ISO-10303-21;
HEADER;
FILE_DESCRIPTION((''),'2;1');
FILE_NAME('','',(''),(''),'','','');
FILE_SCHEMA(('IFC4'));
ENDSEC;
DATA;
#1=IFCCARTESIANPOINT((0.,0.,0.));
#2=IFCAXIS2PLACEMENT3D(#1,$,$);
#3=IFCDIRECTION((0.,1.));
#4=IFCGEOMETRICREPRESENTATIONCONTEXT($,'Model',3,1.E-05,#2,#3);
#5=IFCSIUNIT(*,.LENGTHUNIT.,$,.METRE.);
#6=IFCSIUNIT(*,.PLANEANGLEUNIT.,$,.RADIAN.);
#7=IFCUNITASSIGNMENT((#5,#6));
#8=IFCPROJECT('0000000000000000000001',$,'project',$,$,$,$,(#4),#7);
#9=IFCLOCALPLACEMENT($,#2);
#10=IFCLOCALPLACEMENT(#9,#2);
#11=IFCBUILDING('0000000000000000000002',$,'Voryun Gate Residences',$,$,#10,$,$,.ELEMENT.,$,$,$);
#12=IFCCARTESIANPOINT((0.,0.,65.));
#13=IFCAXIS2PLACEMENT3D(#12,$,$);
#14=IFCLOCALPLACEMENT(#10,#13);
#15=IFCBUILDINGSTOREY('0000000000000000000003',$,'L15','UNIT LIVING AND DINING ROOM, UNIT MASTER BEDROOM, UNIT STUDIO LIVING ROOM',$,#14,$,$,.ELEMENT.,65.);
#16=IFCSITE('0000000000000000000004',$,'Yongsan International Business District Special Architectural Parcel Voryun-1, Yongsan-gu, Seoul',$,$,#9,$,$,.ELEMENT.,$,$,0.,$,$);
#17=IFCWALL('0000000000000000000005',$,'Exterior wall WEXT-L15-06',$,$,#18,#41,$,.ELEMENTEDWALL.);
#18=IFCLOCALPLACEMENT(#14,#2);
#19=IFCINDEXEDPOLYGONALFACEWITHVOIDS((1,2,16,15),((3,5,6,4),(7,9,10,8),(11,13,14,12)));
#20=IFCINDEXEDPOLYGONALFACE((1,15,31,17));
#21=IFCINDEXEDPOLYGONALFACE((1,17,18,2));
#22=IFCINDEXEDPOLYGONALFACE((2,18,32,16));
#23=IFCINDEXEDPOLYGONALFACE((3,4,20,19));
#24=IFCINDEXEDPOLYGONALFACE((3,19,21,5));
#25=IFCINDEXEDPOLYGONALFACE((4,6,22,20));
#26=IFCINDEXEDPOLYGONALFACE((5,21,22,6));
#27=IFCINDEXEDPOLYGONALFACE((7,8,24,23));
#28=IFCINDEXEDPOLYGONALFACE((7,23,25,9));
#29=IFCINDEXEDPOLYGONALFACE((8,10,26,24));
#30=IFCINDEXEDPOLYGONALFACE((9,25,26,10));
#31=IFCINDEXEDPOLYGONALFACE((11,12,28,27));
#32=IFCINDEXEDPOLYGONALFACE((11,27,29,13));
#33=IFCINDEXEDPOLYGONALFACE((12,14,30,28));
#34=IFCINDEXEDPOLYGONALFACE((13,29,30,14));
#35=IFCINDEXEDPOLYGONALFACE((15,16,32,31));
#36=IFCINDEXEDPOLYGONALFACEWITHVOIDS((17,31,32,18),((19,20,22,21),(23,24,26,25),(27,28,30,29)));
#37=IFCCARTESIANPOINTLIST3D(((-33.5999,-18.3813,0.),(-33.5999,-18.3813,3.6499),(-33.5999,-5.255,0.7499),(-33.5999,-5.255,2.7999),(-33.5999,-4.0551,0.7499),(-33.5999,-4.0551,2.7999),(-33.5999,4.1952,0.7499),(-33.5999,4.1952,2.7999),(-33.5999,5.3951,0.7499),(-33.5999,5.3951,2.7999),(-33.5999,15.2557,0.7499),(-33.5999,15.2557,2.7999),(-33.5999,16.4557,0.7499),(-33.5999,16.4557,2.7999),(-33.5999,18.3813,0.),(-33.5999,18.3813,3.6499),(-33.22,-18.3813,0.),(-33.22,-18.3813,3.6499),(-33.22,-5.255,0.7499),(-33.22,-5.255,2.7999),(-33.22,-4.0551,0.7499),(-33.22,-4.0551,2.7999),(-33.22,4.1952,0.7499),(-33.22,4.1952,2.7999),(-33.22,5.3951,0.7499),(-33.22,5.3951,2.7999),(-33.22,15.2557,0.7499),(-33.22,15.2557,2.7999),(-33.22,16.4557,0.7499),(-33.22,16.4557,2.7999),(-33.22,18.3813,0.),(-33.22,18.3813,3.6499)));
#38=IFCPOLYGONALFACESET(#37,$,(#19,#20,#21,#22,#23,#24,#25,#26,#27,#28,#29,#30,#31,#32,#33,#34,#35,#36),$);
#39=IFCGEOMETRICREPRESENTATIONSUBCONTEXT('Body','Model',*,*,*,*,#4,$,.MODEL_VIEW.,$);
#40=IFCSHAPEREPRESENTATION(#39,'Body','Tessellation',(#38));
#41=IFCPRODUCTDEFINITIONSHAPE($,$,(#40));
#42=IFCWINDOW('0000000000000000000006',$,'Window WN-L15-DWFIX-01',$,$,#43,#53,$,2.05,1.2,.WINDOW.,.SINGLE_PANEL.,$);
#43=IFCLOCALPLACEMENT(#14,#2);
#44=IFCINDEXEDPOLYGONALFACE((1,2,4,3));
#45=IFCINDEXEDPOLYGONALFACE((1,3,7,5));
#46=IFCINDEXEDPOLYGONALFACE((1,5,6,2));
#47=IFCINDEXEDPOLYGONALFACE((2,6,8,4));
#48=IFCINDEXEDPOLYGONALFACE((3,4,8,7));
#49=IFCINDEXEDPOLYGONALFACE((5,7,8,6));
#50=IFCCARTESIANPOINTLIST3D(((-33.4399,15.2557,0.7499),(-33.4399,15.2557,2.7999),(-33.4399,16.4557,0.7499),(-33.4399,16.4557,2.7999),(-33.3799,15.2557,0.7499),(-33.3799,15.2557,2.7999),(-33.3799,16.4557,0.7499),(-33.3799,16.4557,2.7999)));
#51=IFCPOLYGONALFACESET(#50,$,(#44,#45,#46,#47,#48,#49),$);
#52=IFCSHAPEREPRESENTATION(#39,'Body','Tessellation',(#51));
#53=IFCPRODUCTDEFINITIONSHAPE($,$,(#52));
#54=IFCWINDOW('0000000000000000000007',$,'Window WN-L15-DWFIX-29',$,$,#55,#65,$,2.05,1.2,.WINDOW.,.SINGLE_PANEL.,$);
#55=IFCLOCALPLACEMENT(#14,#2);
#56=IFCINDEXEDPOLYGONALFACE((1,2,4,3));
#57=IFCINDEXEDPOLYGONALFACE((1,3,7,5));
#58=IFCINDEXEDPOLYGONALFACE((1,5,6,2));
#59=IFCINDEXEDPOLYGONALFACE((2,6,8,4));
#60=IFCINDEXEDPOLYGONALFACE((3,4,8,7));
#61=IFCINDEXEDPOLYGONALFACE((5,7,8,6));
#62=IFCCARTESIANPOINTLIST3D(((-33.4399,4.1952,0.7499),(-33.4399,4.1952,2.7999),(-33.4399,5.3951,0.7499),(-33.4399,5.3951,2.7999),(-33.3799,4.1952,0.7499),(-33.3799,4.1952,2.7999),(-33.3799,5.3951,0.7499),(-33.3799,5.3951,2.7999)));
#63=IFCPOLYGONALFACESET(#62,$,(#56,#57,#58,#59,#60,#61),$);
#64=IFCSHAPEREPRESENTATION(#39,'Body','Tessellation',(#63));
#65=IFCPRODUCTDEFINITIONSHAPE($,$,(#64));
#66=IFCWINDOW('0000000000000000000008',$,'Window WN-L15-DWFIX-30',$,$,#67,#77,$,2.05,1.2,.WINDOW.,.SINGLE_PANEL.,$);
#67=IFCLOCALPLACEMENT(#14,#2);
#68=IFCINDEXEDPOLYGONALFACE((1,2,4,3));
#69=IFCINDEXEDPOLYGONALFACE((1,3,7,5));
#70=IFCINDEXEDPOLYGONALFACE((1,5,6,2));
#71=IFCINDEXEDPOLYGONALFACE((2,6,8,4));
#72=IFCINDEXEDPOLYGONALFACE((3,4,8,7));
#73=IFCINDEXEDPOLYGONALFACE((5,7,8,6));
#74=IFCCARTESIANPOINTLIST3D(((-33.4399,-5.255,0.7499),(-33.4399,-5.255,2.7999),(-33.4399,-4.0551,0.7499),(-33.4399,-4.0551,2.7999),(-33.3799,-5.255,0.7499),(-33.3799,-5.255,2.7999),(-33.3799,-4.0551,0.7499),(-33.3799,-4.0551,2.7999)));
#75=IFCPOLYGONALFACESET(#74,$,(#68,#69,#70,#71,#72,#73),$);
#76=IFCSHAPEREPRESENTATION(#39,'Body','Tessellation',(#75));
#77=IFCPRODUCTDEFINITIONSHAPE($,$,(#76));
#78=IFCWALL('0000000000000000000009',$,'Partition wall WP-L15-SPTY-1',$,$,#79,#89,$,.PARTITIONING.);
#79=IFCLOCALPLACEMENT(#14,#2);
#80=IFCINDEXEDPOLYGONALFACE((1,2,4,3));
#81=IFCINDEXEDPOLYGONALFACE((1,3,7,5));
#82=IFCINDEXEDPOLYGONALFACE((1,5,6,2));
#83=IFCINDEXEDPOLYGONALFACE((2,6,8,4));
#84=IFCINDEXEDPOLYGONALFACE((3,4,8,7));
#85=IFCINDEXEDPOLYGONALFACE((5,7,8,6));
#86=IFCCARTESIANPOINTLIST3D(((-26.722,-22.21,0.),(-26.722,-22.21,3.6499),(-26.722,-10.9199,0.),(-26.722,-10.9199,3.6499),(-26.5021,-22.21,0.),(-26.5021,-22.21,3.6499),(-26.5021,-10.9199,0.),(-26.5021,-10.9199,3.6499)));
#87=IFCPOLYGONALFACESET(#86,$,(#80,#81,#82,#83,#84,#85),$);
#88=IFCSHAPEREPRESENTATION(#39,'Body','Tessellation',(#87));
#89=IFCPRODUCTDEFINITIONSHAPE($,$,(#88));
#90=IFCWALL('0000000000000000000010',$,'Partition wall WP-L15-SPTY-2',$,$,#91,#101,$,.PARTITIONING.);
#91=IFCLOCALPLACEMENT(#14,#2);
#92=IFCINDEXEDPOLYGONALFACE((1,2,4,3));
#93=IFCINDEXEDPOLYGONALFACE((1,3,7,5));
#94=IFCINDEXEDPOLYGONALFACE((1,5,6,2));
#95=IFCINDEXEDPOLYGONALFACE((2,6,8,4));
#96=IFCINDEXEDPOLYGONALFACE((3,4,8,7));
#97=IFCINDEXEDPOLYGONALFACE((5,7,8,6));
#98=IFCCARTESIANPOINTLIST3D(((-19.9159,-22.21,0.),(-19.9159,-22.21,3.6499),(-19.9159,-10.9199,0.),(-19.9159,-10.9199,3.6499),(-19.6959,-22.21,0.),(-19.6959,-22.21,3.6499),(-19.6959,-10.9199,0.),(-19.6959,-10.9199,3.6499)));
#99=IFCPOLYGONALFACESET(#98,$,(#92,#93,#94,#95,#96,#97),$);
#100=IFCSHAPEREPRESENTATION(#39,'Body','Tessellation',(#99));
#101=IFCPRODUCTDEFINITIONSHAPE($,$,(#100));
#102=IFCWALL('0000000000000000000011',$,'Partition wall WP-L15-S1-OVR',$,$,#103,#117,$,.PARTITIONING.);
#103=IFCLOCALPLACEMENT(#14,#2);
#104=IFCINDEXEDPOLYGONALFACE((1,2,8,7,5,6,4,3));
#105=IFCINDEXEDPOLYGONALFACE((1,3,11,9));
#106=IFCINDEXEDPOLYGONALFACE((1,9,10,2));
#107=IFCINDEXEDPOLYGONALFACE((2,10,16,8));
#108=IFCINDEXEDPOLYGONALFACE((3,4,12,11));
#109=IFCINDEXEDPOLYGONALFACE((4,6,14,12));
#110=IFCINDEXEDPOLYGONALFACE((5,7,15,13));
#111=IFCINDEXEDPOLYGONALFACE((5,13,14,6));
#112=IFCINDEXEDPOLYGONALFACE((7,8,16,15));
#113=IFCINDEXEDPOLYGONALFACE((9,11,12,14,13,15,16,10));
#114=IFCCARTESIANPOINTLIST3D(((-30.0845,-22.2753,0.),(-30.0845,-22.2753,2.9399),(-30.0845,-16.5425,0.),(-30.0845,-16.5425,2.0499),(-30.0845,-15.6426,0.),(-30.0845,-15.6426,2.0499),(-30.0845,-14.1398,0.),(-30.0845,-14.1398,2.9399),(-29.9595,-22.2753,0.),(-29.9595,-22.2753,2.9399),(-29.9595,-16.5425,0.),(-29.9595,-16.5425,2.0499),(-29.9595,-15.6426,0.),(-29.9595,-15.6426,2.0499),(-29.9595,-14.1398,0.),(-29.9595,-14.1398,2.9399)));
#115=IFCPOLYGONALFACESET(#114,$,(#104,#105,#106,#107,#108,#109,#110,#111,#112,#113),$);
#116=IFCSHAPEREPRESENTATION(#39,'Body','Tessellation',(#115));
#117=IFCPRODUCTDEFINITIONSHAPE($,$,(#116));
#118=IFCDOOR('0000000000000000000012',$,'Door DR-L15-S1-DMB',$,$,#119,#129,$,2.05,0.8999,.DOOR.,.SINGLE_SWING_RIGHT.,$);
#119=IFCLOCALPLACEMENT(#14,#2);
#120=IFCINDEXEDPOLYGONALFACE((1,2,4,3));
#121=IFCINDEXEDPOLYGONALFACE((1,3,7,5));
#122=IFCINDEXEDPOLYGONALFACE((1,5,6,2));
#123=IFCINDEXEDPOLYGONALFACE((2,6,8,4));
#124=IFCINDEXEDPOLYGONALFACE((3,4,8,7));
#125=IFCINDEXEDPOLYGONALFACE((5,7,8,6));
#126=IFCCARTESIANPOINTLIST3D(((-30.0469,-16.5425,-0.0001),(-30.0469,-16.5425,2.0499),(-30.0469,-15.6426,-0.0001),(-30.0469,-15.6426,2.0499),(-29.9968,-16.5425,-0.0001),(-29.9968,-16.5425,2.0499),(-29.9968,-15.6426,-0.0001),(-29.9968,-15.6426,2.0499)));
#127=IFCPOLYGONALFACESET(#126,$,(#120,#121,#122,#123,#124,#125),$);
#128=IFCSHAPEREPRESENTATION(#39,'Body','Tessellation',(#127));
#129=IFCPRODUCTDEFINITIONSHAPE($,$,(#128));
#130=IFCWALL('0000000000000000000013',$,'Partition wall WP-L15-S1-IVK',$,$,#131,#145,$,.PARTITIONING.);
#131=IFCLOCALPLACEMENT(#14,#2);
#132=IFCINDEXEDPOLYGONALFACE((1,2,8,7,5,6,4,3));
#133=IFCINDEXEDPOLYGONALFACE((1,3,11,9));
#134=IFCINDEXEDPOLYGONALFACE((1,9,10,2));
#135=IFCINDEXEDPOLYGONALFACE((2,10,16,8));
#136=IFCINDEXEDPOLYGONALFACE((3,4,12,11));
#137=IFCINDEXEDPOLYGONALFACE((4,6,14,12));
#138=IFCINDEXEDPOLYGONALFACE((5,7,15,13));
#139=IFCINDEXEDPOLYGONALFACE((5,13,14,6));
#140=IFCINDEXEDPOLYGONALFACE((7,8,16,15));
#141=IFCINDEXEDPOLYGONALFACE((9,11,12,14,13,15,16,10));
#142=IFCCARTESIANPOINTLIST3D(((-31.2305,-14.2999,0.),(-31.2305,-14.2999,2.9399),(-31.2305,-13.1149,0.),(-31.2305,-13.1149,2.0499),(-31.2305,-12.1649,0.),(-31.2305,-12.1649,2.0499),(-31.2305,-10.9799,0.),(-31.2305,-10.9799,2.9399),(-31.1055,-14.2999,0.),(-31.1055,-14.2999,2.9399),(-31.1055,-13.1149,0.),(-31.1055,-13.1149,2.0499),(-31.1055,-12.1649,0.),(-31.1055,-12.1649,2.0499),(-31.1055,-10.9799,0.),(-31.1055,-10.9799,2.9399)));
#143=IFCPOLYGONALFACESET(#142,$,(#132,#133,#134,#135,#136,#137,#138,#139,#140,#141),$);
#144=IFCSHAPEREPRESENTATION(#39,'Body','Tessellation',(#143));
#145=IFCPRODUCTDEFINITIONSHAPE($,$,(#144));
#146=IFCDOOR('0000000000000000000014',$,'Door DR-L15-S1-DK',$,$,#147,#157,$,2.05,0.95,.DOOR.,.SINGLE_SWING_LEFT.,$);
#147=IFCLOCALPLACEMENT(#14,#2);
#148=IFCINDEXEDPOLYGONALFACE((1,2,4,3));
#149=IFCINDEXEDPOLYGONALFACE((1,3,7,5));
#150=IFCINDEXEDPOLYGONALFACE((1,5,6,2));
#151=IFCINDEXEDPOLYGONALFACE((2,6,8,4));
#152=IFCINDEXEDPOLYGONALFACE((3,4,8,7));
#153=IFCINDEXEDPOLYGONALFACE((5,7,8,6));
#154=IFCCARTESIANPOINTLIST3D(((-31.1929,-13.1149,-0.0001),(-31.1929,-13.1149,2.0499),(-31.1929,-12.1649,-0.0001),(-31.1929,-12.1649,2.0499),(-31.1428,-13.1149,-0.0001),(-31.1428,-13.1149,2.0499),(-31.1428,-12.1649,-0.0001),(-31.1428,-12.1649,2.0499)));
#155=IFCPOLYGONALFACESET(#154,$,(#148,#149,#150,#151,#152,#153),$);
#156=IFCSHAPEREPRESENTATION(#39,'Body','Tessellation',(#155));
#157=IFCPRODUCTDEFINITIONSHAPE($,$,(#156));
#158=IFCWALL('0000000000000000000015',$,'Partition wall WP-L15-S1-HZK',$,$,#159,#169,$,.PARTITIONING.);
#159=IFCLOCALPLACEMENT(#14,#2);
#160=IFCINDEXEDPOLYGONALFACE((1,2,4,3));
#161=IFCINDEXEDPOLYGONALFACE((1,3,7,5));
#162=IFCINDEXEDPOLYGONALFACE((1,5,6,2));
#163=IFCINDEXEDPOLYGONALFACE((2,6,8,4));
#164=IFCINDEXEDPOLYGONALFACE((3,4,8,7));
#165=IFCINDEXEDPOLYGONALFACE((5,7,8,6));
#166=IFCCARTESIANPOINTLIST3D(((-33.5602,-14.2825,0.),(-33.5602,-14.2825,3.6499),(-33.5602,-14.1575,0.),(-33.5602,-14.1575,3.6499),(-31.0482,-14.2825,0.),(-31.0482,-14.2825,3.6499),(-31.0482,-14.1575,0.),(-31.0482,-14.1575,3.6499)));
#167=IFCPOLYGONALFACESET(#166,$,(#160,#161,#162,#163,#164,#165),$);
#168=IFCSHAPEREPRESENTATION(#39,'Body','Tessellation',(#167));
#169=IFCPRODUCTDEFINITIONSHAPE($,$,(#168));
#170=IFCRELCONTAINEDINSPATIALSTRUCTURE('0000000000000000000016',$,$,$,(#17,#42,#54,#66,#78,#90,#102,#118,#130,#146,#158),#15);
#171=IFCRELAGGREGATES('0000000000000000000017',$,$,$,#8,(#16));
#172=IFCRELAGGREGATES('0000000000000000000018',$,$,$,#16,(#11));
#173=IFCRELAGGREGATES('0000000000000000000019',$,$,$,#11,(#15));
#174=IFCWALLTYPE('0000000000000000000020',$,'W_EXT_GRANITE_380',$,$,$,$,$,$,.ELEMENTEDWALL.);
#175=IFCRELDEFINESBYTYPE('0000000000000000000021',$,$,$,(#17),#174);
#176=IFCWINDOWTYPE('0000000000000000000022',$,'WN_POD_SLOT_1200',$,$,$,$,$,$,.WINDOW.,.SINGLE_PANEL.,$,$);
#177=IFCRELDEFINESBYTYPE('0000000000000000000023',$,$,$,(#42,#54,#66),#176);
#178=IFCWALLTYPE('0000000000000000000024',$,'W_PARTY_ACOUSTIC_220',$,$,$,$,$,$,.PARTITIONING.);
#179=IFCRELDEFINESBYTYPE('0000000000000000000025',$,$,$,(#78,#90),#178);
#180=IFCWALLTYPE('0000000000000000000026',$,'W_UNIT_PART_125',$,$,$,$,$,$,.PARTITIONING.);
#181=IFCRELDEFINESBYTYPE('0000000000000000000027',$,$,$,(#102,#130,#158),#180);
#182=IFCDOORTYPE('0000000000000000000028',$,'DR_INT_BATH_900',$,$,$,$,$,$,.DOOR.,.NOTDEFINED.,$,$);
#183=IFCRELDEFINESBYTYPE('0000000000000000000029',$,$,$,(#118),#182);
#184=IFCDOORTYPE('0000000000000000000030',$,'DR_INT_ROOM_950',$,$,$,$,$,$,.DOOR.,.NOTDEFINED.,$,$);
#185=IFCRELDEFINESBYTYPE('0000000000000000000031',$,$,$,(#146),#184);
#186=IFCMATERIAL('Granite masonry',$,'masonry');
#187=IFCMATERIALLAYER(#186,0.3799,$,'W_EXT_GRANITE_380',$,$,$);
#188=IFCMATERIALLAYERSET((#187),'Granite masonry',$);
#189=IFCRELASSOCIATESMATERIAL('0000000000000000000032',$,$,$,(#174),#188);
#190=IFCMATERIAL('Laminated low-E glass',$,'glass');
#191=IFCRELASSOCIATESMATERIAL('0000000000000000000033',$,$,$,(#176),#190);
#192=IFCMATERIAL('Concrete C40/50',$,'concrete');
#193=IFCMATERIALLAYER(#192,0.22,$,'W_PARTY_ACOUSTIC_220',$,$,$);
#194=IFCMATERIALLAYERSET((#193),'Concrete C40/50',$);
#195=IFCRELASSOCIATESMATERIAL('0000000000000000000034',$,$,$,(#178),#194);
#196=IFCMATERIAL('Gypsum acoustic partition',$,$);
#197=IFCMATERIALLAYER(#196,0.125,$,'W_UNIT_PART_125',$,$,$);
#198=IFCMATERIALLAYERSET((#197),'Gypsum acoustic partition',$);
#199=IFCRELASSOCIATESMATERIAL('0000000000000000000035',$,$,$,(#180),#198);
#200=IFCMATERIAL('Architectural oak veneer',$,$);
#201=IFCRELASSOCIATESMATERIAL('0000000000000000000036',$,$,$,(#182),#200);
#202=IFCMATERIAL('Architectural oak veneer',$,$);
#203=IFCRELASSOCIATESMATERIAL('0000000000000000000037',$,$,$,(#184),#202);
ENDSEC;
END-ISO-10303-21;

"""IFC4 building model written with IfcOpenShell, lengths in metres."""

from ifc_helpers import new_model, si_unit, direction, frame, frame_2d, origin, place, context, subcontext, project, spatial, rectangle, extrude, material, layer, layer_set, type_object, element, fill, save


model = new_model("IFC4")

# Units and contexts
model_context = context("Model", 3, precision=1e-05, world=origin(), true_north=direction((0.0, 1.0)))
body_context = subcontext(model_context, "Body", "Model", "MODEL_VIEW")
ifc_project = project(units=[si_unit("LENGTHUNIT", "METRE"), si_unit("PLANEANGLEUNIT", "RADIAN")], contexts=[model_context])

# Site, building, storey
site_placement = place(None, origin())
site = spatial("IfcSite", under=ifc_project, at=site_placement, Name="Yongsan International Business District Special Architectural Parcel Voryun-1, Yongsan-gu, Seoul", CompositionType="ELEMENT", RefElevation=0.0)
building_placement = place(site_placement, origin())
building = spatial("IfcBuilding", under=site, at=building_placement, Name="Voryun Gate Residences", CompositionType="ELEMENT")
storey_placement = place(building_placement, frame((0.0, 0.0, 65.0)))
storey = spatial("IfcBuildingStorey", under=building, at=storey_placement, Name="L15", Description="UNIT LIVING AND DINING ROOM, UNIT MASTER BEDROOM, UNIT STUDIO LIVING ROOM", CompositionType="ELEMENT", Elevation=65.0)

# Shared definitions
ifc_material_1 = material(Name="Granite masonry", Category="masonry")
ifc_layer_1 = layer(ifc_material_1, 0.3799, Name="W_EXT_GRANITE_380")
ifc_layer_set_1 = layer_set([ifc_layer_1], Name="Granite masonry")
wall_type_1 = type_object("IfcWallType", Name="W_EXT_GRANITE_380", PredefinedType="ELEMENTEDWALL", material=ifc_layer_set_1)

# Shared definitions
ifc_material_2 = material(Name="Laminated low-E glass", Category="glass")
window_type = type_object("IfcWindowType", Name="WN_POD_SLOT_1200", PartitioningType="SINGLE_PANEL", PredefinedType="WINDOW", material=ifc_material_2)

# Wall, openings, windows
wall_1_placement = place(storey_placement, frame((-33.4099, -18.3813, 0.0), z_axis=(0.0, 0.0, 1.0), x_axis=(0.0, 1.0, 0.0)))
wall_1 = element("IfcWall", 1, at=wall_1_placement, inside=storey, type_object=wall_type_1, Name="Exterior wall WEXT-L15-06", PredefinedType="ELEMENTEDWALL", context=body_context, shape_type="SweptSolid", body=[
    extrude(rectangle(XDim=36.7627, YDim=0.3799, at=frame_2d((18.3813, 0.0))), origin(), (0.0, 0.0, 1.0), 3.6499),
])
opening_1_placement = place(wall_1_placement, frame((33.637, 0.0, 0.75)))
opening_1 = element("IfcOpeningElement", 2, at=opening_1_placement, cuts=wall_1, PredefinedType="OPENING", context=body_context, shape_type="SweptSolid", body=[
    extrude(rectangle(XDim=1.2, YDim=2.05, at=frame_2d((0.6001, 1.0249))), frame((0.0, 0.2, 0.0), z_axis=(0.0, -1.0, 0.0), x_axis=(1.0, 0.0, 0.0)), (0.0, 0.0, 1.0), 0.3999),
])
opening_2_placement = place(wall_1_placement, frame((22.5764, 0.0, 0.75)))
opening_2 = element("IfcOpeningElement", 3, at=opening_2_placement, cuts=wall_1, PredefinedType="OPENING", context=body_context, shape_type="SweptSolid", body=[
    extrude(rectangle(XDim=1.2, YDim=2.05, at=frame_2d((0.6001, 1.0249))), frame((0.0, 0.2, 0.0), z_axis=(0.0, -1.0, 0.0), x_axis=(1.0, 0.0, 0.0)), (0.0, 0.0, 1.0), 0.3999),
])
opening_3_placement = place(wall_1_placement, frame((13.1262, 0.0, 0.75)))
opening_3 = element("IfcOpeningElement", 4, at=opening_3_placement, cuts=wall_1, PredefinedType="OPENING", context=body_context, shape_type="SweptSolid", body=[
    extrude(rectangle(XDim=1.2, YDim=2.05, at=frame_2d((0.6001, 1.0249))), frame((0.0, 0.2, 0.0), z_axis=(0.0, -1.0, 0.0), x_axis=(1.0, 0.0, 0.0)), (0.0, 0.0, 1.0), 0.3999),
])
window_1_placement = place(opening_1_placement, origin())
window_1 = element("IfcWindow", 5, at=window_1_placement, inside=storey, type_object=window_type, Name="Window WN-L15-DWFIX-01", OverallHeight=2.05, OverallWidth=1.2, PartitioningType="SINGLE_PANEL", PredefinedType="WINDOW", context=body_context, shape_type="SweptSolid", body=[
    extrude(rectangle(XDim=1.2, YDim=2.05, at=frame_2d((0.6001, 1.0249))), frame((0.0, 0.03, 0.0), z_axis=(0.0, -1.0, 0.0), x_axis=(1.0, 0.0, 0.0)), (0.0, 0.0, 1.0), 0.0601),
])
fill(opening_1, window_1)
window_2_placement = place(opening_2_placement, origin())
window_2 = element("IfcWindow", 6, at=window_2_placement, inside=storey, type_object=window_type, Name="Window WN-L15-DWFIX-29", OverallHeight=2.05, OverallWidth=1.2, PartitioningType="SINGLE_PANEL", PredefinedType="WINDOW", context=body_context, shape_type="SweptSolid", body=[
    extrude(rectangle(XDim=1.2, YDim=2.05, at=frame_2d((0.6001, 1.0249))), frame((0.0, 0.03, 0.0), z_axis=(0.0, -1.0, 0.0), x_axis=(1.0, 0.0, 0.0)), (0.0, 0.0, 1.0), 0.0601),
])
fill(opening_2, window_2)
window_3_placement = place(opening_3_placement, origin())
window_3 = element("IfcWindow", 7, at=window_3_placement, inside=storey, type_object=window_type, Name="Window WN-L15-DWFIX-30", OverallHeight=2.05, OverallWidth=1.2, PartitioningType="SINGLE_PANEL", PredefinedType="WINDOW", context=body_context, shape_type="SweptSolid", body=[
    extrude(rectangle(XDim=1.2, YDim=2.05, at=frame_2d((0.6001, 1.0249))), frame((0.0, 0.03, 0.0), z_axis=(0.0, -1.0, 0.0), x_axis=(1.0, 0.0, 0.0)), (0.0, 0.0, 1.0), 0.0601),
])
fill(opening_3, window_3)

# Walls
ifc_material_3 = material(Name="Concrete C40/50", Category="concrete")
ifc_layer_2 = layer(ifc_material_3, 0.22, Name="W_PARTY_ACOUSTIC_220")
ifc_layer_set_2 = layer_set([ifc_layer_2], Name="Concrete C40/50")
wall_type_2 = type_object("IfcWallType", Name="W_PARTY_ACOUSTIC_220", PredefinedType="PARTITIONING", material=ifc_layer_set_2)
for number, where, z_axis, x_axis, name in (
    (8, (-26.6121, -22.21, 0.0), (0.0, 0.0, 1.0), (0.0, 1.0, 0.0), "Partition wall WP-L15-SPTY-1"),
    (9, (-19.8059, -22.21, 0.0), (0.0, 0.0, 1.0), (0.0, 1.0, 0.0), "Partition wall WP-L15-SPTY-2"),
):
    element("IfcWall", number, at=place(storey_placement, frame(where, z_axis=z_axis, x_axis=x_axis)), inside=storey, type_object=wall_type_2, Name=name, PredefinedType="PARTITIONING", context=body_context, shape_type="SweptSolid", body=[
        extrude(rectangle(XDim=11.29, YDim=0.22, at=frame_2d((5.645, 0.0))), origin(), (0.0, 0.0, 1.0), 3.6499),
    ])

# Walls, openings, doors
ifc_material_4 = material(Name="Gypsum acoustic partition")
ifc_layer_3 = layer(ifc_material_4, 0.125, Name="W_UNIT_PART_125")
ifc_layer_set_3 = layer_set([ifc_layer_3], Name="Gypsum acoustic partition")
wall_type_3 = type_object("IfcWallType", Name="W_UNIT_PART_125", PredefinedType="PARTITIONING", material=ifc_layer_set_3)
wall_2_placement = place(storey_placement, frame((-30.022, -22.2754, 0.0), z_axis=(0.0, 0.0, 1.0), x_axis=(0.0, 1.0, 0.0)))
wall_2 = element("IfcWall", 10, at=wall_2_placement, inside=storey, type_object=wall_type_3, Name="Partition wall WP-L15-S1-OVR", PredefinedType="PARTITIONING", context=body_context, shape_type="SweptSolid", body=[
    extrude(rectangle(XDim=8.1355, YDim=0.125, at=frame_2d((4.0679, 0.0))), origin(), (0.0, 0.0, 1.0), 2.9399),
])
opening_4_placement = place(wall_2_placement, frame((5.7329, 0.0, 0.0)))
opening_4 = element("IfcOpeningElement", 11, at=opening_4_placement, cuts=wall_2, PredefinedType="OPENING", context=body_context, shape_type="SweptSolid", body=[
    extrude(rectangle(XDim=0.8999, YDim=2.05, at=frame_2d((0.45, 1.0249))), frame((0.0, 0.0725, 0.0), z_axis=(0.0, -1.0, 0.0), x_axis=(1.0, 0.0, 0.0)), (0.0, 0.0, 1.0), 0.145),
])
ifc_material_5 = material(Name="Architectural oak veneer")
door_type_1 = type_object("IfcDoorType", Name="DR_INT_BATH_900", OperationType="NOTDEFINED", PredefinedType="DOOR", material=ifc_material_5)
door_1_placement = place(opening_4_placement, origin())
door_1 = element("IfcDoor", 12, at=door_1_placement, inside=storey, type_object=door_type_1, Name="Door DR-L15-S1-DMB", OperationType="SINGLE_SWING_RIGHT", OverallHeight=2.05, OverallWidth=0.8999, PredefinedType="DOOR", context=body_context, shape_type="SweptSolid", body=[
    extrude(rectangle(XDim=0.8999, YDim=2.05, at=frame_2d((0.45, 1.0249))), frame((0.0, 0.0249, 0.0), z_axis=(0.0, -1.0, 0.0), x_axis=(1.0, 0.0, 0.0)), (0.0, 0.0, 1.0), 0.05),
])
fill(opening_4, door_1)
wall_3_placement = place(storey_placement, frame((-31.168, -14.3, 0.0), z_axis=(0.0, 0.0, 1.0), x_axis=(0.0, 1.0, 0.0)))
wall_3 = element("IfcWall", 13, at=wall_3_placement, inside=storey, type_object=wall_type_3, Name="Partition wall WP-L15-S1-IVK", PredefinedType="PARTITIONING", context=body_context, shape_type="SweptSolid", body=[
    extrude(rectangle(XDim=3.3201, YDim=0.125, at=frame_2d((1.6602, 0.0))), origin(), (0.0, 0.0, 1.0), 2.9399),
])
opening_5_placement = place(wall_3_placement, frame((1.1851, 0.0, 0.0)))
opening_5 = element("IfcOpeningElement", 14, at=opening_5_placement, cuts=wall_3, PredefinedType="OPENING", context=body_context, shape_type="SweptSolid", body=[
    extrude(rectangle(XDim=0.95, YDim=2.05, at=frame_2d((0.4751, 1.0249))), frame((0.0, 0.0725, 0.0), z_axis=(0.0, -1.0, 0.0), x_axis=(1.0, 0.0, 0.0)), (0.0, 0.0, 1.0), 0.145),
])
ifc_material_6 = material(Name="Architectural oak veneer")
door_type_2 = type_object("IfcDoorType", Name="DR_INT_ROOM_950", OperationType="NOTDEFINED", PredefinedType="DOOR", material=ifc_material_6)
door_2_placement = place(opening_5_placement, origin())
door_2 = element("IfcDoor", 15, at=door_2_placement, inside=storey, type_object=door_type_2, Name="Door DR-L15-S1-DK", OperationType="SINGLE_SWING_LEFT", OverallHeight=2.05, OverallWidth=0.95, PredefinedType="DOOR", context=body_context, shape_type="SweptSolid", body=[
    extrude(rectangle(XDim=0.95, YDim=2.05, at=frame_2d((0.4751, 1.0249))), frame((0.0, 0.0249, 0.0), z_axis=(0.0, -1.0, 0.0), x_axis=(1.0, 0.0, 0.0)), (0.0, 0.0, 1.0), 0.05),
])
fill(opening_5, door_2)

# Wall
wall_4_placement = place(storey_placement, frame((-33.5601, -14.22, 0.0), z_axis=(0.0, 0.0, 1.0), x_axis=(1.0, 0.0, 0.0)))
element("IfcWall", 16, at=wall_4_placement, inside=storey, type_object=wall_type_3, Name="Partition wall WP-L15-S1-HZK", PredefinedType="PARTITIONING", context=body_context, shape_type="SweptSolid", body=[
    extrude(rectangle(XDim=2.512, YDim=0.125, at=frame_2d((1.2559, 0.0))), origin(), (0.0, 0.0, 1.0), 3.6499),
])

save(model, "model.ifc")
